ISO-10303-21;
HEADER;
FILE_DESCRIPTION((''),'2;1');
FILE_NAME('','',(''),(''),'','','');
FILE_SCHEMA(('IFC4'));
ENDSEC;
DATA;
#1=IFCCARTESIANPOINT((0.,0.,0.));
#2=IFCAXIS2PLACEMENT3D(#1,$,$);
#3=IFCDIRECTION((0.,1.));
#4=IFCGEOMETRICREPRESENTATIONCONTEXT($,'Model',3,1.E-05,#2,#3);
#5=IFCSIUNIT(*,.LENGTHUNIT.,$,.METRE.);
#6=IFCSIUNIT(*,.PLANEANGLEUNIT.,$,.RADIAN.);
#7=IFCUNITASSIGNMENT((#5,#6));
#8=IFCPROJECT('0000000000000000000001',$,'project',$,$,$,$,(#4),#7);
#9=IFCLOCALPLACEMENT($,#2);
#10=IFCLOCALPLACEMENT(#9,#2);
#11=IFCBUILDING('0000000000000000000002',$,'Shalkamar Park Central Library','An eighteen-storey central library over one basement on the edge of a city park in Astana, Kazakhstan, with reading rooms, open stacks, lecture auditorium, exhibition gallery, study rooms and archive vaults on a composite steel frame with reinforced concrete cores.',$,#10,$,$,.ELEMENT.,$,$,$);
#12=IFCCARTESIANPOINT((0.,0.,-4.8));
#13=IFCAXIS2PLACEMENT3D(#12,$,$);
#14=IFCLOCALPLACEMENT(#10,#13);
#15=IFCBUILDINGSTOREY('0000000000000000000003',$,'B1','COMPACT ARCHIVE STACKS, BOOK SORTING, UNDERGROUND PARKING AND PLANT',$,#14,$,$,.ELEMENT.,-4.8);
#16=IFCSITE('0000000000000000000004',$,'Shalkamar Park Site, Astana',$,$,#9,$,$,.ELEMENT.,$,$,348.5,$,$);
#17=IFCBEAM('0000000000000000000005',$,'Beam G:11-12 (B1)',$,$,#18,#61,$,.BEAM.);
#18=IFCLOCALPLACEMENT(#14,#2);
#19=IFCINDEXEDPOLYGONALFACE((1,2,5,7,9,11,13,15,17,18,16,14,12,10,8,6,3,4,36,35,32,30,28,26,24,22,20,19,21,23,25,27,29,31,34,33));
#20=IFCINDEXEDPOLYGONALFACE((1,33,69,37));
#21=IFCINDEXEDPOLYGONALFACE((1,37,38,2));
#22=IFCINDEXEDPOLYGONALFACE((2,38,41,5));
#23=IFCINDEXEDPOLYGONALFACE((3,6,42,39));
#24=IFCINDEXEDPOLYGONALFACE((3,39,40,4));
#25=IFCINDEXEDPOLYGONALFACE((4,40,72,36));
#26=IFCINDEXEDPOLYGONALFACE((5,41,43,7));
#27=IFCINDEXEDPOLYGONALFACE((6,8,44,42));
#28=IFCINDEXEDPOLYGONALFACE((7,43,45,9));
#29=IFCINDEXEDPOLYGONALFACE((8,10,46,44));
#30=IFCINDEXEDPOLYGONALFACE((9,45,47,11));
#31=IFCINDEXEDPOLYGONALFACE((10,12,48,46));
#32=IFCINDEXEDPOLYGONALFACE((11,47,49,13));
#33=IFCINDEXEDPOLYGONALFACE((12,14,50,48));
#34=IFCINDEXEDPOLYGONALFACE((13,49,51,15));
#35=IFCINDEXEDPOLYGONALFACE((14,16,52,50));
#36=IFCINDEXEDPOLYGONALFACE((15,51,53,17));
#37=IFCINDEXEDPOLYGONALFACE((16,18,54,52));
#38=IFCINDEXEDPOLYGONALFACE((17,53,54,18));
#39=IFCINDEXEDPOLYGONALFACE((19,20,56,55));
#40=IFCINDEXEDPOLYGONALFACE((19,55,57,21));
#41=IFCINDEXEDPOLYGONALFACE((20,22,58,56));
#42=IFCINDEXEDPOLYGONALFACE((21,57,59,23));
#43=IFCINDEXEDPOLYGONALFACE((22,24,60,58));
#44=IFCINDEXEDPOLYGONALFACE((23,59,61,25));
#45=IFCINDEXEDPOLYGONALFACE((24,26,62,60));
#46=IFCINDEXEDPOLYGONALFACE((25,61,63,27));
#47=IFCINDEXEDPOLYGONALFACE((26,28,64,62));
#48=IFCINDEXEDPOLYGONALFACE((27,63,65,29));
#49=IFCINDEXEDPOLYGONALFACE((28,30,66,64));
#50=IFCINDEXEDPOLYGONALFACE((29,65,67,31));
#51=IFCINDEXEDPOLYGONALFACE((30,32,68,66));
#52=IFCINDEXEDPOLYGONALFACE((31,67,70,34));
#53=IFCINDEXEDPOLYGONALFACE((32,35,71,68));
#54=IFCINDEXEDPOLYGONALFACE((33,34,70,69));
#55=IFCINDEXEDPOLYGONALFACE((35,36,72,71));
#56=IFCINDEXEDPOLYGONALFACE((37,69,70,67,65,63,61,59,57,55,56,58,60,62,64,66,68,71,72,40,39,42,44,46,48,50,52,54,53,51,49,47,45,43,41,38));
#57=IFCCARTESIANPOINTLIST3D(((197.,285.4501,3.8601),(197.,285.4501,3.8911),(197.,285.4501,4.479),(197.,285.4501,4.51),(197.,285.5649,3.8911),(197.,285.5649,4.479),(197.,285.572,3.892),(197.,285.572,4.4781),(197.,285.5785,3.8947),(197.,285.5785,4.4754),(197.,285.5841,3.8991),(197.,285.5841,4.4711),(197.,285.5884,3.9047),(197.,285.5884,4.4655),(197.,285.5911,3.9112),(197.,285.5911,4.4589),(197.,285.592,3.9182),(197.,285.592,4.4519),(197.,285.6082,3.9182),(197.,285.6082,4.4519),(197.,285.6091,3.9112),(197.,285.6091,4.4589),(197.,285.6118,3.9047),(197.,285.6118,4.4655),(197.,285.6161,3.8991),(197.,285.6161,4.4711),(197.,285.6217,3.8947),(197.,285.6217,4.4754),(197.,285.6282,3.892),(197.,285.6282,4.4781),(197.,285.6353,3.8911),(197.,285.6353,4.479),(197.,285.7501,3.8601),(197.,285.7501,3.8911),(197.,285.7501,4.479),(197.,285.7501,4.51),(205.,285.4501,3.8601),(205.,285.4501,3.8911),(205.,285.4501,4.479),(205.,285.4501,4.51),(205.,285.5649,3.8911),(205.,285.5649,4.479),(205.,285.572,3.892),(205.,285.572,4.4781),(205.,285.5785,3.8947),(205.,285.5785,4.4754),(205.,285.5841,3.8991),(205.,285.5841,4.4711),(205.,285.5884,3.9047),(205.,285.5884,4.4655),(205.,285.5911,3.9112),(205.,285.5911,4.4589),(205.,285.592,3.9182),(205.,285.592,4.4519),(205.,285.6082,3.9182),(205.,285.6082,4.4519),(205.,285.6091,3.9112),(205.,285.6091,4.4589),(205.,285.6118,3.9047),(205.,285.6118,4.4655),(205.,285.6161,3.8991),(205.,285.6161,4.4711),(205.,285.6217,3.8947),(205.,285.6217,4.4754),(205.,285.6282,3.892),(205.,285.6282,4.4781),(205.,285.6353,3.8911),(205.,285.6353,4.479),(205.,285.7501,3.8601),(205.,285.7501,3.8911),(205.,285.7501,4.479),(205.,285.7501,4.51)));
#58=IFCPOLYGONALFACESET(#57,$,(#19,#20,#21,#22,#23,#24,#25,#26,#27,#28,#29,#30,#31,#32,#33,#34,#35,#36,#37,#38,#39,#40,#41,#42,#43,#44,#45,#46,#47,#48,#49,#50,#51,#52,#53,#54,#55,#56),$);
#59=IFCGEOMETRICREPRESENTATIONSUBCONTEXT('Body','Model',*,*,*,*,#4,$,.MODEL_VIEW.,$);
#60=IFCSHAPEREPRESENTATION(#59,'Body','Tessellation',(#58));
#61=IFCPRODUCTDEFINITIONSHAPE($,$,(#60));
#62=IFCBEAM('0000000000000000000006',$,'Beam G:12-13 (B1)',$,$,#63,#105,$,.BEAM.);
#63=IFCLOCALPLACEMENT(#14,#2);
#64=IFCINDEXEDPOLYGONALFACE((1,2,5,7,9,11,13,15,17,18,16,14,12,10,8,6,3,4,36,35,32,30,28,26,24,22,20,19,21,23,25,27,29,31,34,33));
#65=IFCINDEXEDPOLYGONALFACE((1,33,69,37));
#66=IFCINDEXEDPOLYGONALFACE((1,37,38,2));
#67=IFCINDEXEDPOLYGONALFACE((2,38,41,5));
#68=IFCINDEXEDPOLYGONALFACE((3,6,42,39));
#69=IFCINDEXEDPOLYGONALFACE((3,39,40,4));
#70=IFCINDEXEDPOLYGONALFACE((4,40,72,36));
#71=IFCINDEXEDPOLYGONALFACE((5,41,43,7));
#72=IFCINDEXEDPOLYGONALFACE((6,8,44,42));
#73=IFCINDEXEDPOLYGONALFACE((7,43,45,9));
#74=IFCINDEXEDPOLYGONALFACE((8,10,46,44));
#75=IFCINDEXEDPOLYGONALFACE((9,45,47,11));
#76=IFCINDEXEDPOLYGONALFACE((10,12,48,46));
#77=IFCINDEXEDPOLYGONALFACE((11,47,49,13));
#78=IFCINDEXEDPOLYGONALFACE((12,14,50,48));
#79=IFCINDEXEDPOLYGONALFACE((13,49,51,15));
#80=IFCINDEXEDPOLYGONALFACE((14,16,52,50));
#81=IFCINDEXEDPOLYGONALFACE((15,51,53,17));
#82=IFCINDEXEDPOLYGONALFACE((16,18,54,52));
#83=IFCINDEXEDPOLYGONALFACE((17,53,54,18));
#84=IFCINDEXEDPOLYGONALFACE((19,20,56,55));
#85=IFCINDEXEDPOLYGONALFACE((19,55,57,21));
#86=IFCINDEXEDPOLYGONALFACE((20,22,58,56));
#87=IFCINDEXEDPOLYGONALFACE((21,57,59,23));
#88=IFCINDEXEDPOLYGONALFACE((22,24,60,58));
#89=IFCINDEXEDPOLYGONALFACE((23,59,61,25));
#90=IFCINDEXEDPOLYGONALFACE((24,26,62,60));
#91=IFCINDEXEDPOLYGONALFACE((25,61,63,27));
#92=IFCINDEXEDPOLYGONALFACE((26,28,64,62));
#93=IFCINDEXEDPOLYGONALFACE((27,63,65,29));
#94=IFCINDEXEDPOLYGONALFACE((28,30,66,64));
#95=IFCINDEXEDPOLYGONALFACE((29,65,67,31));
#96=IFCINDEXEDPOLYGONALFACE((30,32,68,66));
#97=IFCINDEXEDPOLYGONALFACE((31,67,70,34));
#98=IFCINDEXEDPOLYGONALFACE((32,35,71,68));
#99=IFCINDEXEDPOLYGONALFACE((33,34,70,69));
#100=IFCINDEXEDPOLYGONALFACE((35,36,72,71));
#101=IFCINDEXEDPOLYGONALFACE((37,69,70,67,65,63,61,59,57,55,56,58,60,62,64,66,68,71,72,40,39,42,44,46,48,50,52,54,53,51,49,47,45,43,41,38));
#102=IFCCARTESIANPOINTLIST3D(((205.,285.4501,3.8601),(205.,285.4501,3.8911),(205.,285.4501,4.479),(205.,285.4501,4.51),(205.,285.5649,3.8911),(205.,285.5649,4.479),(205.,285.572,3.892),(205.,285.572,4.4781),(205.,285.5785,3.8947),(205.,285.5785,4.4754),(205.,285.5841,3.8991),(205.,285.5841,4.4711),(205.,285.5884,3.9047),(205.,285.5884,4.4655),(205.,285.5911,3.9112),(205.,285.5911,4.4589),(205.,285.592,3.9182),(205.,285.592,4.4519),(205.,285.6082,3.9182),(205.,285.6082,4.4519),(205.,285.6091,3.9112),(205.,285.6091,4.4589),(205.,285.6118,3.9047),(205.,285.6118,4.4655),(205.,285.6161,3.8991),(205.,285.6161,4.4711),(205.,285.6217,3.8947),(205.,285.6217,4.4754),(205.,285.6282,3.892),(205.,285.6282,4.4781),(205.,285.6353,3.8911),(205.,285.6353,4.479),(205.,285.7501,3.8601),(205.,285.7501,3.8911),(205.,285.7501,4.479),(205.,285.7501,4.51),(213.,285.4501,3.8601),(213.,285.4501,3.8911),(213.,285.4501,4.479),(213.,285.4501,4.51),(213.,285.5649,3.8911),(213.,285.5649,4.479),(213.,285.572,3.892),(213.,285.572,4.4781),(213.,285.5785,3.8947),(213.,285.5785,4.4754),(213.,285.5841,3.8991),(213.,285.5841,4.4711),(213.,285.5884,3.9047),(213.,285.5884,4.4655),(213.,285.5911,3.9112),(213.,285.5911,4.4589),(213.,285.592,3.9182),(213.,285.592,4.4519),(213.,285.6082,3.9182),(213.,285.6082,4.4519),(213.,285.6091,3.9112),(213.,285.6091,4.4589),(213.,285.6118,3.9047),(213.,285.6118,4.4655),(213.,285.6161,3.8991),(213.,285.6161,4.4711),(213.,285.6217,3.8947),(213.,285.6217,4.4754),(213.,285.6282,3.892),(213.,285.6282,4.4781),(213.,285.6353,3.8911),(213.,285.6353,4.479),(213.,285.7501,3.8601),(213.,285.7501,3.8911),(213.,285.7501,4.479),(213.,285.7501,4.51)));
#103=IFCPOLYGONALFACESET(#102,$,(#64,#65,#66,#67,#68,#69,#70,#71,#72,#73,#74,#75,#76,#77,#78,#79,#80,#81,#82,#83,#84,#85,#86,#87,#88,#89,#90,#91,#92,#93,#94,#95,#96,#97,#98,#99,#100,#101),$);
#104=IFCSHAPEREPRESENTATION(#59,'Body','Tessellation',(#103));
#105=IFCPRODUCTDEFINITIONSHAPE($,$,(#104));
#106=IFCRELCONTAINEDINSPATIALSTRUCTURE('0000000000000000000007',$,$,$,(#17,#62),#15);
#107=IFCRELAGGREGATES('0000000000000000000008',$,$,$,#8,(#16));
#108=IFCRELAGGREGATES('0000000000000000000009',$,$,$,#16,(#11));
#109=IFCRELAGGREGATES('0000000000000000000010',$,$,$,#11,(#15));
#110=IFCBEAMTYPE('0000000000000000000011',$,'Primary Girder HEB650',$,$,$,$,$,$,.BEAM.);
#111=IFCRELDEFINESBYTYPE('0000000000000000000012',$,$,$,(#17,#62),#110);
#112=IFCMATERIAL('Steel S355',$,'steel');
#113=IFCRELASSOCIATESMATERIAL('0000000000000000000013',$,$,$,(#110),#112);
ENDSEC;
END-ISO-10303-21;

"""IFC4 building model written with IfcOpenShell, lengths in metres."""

from ifc_helpers import new_model, si_unit, direction, frame, origin, origin_2d, place, context, subcontext, project, spatial, i_section, extrude, material, material_profile, profile_set, type_object, element, save


model = new_model("IFC4")

# Units and contexts
model_context = context("Model", 3, precision=1e-05, world=origin(), true_north=direction((0.0, 1.0)))
body_context = subcontext(model_context, "Body", "Model", "MODEL_VIEW")
ifc_project = project(units=[si_unit("LENGTHUNIT", "METRE"), si_unit("PLANEANGLEUNIT", "RADIAN")], contexts=[model_context])

# Site, building, storey
site_placement = place(None, origin())
site = spatial("IfcSite", under=ifc_project, at=site_placement, Name="Shalkamar Park Site, Astana", CompositionType="ELEMENT", RefElevation=348.5)
building_placement = place(site_placement, origin())
building = spatial("IfcBuilding", under=site, at=building_placement, Name="Shalkamar Park Central Library", Description="An eighteen-storey central library over one basement on the edge of a city park in Astana, Kazakhstan, with reading rooms, open stacks, lecture auditorium, exhibition gallery, study rooms and archive vaults on a composite steel frame with reinforced concrete cores.", CompositionType="ELEMENT")
storey_placement = place(building_placement, frame((0.0, 0.0, -4.8)))
storey = spatial("IfcBuildingStorey", under=building, at=storey_placement, Name="B1", Description="COMPACT ARCHIVE STACKS, BOOK SORTING, UNDERGROUND PARKING AND PLANT", CompositionType="ELEMENT", Elevation=-4.8)

# Shared definitions
ifc_material_1 = material(Name="Steel S355", Category="steel")

# Beams
ifc_material_profile_1 = material_profile(ifc_material_1, i_section(OverallWidth=0.3, OverallDepth=0.6499, WebThickness=0.0161, FlangeThickness=0.031, FilletRadius=0.0271, at=origin_2d()), Name="HEB 650")
ifc_profile_set_1 = profile_set([ifc_material_profile_1], Name="Steel S355")
beam_type_1 = type_object("IfcBeamType", Name="Primary Girder HEB650", PredefinedType="BEAM", material=ifc_profile_set_1)
for number, where, z_axis, x_axis, name in (
    (1, (197.0, 285.6001, 4.1851), (1.0, 0.0, 0.0), (0.0, 1.0, 0.0), "Beam G:11-12 (B1)"),
    (2, (205.0, 285.6001, 4.1851), (1.0, 0.0, 0.0), (0.0, 1.0, 0.0), "Beam G:12-13 (B1)"),
):
    element("IfcBeam", number, at=place(storey_placement, frame(where, z_axis=z_axis, x_axis=x_axis)), inside=storey, type_object=beam_type_1, Name=name, PredefinedType="BEAM", context=body_context, shape_type="SweptSolid", body=[
        extrude(i_section(OverallWidth=0.3, OverallDepth=0.6499, WebThickness=0.0161, FlangeThickness=0.031, FilletRadius=0.0271, at=origin_2d()), origin(), (0.0, 0.0, 1.0), 8.0),
    ])

save(model, "model.ifc")
